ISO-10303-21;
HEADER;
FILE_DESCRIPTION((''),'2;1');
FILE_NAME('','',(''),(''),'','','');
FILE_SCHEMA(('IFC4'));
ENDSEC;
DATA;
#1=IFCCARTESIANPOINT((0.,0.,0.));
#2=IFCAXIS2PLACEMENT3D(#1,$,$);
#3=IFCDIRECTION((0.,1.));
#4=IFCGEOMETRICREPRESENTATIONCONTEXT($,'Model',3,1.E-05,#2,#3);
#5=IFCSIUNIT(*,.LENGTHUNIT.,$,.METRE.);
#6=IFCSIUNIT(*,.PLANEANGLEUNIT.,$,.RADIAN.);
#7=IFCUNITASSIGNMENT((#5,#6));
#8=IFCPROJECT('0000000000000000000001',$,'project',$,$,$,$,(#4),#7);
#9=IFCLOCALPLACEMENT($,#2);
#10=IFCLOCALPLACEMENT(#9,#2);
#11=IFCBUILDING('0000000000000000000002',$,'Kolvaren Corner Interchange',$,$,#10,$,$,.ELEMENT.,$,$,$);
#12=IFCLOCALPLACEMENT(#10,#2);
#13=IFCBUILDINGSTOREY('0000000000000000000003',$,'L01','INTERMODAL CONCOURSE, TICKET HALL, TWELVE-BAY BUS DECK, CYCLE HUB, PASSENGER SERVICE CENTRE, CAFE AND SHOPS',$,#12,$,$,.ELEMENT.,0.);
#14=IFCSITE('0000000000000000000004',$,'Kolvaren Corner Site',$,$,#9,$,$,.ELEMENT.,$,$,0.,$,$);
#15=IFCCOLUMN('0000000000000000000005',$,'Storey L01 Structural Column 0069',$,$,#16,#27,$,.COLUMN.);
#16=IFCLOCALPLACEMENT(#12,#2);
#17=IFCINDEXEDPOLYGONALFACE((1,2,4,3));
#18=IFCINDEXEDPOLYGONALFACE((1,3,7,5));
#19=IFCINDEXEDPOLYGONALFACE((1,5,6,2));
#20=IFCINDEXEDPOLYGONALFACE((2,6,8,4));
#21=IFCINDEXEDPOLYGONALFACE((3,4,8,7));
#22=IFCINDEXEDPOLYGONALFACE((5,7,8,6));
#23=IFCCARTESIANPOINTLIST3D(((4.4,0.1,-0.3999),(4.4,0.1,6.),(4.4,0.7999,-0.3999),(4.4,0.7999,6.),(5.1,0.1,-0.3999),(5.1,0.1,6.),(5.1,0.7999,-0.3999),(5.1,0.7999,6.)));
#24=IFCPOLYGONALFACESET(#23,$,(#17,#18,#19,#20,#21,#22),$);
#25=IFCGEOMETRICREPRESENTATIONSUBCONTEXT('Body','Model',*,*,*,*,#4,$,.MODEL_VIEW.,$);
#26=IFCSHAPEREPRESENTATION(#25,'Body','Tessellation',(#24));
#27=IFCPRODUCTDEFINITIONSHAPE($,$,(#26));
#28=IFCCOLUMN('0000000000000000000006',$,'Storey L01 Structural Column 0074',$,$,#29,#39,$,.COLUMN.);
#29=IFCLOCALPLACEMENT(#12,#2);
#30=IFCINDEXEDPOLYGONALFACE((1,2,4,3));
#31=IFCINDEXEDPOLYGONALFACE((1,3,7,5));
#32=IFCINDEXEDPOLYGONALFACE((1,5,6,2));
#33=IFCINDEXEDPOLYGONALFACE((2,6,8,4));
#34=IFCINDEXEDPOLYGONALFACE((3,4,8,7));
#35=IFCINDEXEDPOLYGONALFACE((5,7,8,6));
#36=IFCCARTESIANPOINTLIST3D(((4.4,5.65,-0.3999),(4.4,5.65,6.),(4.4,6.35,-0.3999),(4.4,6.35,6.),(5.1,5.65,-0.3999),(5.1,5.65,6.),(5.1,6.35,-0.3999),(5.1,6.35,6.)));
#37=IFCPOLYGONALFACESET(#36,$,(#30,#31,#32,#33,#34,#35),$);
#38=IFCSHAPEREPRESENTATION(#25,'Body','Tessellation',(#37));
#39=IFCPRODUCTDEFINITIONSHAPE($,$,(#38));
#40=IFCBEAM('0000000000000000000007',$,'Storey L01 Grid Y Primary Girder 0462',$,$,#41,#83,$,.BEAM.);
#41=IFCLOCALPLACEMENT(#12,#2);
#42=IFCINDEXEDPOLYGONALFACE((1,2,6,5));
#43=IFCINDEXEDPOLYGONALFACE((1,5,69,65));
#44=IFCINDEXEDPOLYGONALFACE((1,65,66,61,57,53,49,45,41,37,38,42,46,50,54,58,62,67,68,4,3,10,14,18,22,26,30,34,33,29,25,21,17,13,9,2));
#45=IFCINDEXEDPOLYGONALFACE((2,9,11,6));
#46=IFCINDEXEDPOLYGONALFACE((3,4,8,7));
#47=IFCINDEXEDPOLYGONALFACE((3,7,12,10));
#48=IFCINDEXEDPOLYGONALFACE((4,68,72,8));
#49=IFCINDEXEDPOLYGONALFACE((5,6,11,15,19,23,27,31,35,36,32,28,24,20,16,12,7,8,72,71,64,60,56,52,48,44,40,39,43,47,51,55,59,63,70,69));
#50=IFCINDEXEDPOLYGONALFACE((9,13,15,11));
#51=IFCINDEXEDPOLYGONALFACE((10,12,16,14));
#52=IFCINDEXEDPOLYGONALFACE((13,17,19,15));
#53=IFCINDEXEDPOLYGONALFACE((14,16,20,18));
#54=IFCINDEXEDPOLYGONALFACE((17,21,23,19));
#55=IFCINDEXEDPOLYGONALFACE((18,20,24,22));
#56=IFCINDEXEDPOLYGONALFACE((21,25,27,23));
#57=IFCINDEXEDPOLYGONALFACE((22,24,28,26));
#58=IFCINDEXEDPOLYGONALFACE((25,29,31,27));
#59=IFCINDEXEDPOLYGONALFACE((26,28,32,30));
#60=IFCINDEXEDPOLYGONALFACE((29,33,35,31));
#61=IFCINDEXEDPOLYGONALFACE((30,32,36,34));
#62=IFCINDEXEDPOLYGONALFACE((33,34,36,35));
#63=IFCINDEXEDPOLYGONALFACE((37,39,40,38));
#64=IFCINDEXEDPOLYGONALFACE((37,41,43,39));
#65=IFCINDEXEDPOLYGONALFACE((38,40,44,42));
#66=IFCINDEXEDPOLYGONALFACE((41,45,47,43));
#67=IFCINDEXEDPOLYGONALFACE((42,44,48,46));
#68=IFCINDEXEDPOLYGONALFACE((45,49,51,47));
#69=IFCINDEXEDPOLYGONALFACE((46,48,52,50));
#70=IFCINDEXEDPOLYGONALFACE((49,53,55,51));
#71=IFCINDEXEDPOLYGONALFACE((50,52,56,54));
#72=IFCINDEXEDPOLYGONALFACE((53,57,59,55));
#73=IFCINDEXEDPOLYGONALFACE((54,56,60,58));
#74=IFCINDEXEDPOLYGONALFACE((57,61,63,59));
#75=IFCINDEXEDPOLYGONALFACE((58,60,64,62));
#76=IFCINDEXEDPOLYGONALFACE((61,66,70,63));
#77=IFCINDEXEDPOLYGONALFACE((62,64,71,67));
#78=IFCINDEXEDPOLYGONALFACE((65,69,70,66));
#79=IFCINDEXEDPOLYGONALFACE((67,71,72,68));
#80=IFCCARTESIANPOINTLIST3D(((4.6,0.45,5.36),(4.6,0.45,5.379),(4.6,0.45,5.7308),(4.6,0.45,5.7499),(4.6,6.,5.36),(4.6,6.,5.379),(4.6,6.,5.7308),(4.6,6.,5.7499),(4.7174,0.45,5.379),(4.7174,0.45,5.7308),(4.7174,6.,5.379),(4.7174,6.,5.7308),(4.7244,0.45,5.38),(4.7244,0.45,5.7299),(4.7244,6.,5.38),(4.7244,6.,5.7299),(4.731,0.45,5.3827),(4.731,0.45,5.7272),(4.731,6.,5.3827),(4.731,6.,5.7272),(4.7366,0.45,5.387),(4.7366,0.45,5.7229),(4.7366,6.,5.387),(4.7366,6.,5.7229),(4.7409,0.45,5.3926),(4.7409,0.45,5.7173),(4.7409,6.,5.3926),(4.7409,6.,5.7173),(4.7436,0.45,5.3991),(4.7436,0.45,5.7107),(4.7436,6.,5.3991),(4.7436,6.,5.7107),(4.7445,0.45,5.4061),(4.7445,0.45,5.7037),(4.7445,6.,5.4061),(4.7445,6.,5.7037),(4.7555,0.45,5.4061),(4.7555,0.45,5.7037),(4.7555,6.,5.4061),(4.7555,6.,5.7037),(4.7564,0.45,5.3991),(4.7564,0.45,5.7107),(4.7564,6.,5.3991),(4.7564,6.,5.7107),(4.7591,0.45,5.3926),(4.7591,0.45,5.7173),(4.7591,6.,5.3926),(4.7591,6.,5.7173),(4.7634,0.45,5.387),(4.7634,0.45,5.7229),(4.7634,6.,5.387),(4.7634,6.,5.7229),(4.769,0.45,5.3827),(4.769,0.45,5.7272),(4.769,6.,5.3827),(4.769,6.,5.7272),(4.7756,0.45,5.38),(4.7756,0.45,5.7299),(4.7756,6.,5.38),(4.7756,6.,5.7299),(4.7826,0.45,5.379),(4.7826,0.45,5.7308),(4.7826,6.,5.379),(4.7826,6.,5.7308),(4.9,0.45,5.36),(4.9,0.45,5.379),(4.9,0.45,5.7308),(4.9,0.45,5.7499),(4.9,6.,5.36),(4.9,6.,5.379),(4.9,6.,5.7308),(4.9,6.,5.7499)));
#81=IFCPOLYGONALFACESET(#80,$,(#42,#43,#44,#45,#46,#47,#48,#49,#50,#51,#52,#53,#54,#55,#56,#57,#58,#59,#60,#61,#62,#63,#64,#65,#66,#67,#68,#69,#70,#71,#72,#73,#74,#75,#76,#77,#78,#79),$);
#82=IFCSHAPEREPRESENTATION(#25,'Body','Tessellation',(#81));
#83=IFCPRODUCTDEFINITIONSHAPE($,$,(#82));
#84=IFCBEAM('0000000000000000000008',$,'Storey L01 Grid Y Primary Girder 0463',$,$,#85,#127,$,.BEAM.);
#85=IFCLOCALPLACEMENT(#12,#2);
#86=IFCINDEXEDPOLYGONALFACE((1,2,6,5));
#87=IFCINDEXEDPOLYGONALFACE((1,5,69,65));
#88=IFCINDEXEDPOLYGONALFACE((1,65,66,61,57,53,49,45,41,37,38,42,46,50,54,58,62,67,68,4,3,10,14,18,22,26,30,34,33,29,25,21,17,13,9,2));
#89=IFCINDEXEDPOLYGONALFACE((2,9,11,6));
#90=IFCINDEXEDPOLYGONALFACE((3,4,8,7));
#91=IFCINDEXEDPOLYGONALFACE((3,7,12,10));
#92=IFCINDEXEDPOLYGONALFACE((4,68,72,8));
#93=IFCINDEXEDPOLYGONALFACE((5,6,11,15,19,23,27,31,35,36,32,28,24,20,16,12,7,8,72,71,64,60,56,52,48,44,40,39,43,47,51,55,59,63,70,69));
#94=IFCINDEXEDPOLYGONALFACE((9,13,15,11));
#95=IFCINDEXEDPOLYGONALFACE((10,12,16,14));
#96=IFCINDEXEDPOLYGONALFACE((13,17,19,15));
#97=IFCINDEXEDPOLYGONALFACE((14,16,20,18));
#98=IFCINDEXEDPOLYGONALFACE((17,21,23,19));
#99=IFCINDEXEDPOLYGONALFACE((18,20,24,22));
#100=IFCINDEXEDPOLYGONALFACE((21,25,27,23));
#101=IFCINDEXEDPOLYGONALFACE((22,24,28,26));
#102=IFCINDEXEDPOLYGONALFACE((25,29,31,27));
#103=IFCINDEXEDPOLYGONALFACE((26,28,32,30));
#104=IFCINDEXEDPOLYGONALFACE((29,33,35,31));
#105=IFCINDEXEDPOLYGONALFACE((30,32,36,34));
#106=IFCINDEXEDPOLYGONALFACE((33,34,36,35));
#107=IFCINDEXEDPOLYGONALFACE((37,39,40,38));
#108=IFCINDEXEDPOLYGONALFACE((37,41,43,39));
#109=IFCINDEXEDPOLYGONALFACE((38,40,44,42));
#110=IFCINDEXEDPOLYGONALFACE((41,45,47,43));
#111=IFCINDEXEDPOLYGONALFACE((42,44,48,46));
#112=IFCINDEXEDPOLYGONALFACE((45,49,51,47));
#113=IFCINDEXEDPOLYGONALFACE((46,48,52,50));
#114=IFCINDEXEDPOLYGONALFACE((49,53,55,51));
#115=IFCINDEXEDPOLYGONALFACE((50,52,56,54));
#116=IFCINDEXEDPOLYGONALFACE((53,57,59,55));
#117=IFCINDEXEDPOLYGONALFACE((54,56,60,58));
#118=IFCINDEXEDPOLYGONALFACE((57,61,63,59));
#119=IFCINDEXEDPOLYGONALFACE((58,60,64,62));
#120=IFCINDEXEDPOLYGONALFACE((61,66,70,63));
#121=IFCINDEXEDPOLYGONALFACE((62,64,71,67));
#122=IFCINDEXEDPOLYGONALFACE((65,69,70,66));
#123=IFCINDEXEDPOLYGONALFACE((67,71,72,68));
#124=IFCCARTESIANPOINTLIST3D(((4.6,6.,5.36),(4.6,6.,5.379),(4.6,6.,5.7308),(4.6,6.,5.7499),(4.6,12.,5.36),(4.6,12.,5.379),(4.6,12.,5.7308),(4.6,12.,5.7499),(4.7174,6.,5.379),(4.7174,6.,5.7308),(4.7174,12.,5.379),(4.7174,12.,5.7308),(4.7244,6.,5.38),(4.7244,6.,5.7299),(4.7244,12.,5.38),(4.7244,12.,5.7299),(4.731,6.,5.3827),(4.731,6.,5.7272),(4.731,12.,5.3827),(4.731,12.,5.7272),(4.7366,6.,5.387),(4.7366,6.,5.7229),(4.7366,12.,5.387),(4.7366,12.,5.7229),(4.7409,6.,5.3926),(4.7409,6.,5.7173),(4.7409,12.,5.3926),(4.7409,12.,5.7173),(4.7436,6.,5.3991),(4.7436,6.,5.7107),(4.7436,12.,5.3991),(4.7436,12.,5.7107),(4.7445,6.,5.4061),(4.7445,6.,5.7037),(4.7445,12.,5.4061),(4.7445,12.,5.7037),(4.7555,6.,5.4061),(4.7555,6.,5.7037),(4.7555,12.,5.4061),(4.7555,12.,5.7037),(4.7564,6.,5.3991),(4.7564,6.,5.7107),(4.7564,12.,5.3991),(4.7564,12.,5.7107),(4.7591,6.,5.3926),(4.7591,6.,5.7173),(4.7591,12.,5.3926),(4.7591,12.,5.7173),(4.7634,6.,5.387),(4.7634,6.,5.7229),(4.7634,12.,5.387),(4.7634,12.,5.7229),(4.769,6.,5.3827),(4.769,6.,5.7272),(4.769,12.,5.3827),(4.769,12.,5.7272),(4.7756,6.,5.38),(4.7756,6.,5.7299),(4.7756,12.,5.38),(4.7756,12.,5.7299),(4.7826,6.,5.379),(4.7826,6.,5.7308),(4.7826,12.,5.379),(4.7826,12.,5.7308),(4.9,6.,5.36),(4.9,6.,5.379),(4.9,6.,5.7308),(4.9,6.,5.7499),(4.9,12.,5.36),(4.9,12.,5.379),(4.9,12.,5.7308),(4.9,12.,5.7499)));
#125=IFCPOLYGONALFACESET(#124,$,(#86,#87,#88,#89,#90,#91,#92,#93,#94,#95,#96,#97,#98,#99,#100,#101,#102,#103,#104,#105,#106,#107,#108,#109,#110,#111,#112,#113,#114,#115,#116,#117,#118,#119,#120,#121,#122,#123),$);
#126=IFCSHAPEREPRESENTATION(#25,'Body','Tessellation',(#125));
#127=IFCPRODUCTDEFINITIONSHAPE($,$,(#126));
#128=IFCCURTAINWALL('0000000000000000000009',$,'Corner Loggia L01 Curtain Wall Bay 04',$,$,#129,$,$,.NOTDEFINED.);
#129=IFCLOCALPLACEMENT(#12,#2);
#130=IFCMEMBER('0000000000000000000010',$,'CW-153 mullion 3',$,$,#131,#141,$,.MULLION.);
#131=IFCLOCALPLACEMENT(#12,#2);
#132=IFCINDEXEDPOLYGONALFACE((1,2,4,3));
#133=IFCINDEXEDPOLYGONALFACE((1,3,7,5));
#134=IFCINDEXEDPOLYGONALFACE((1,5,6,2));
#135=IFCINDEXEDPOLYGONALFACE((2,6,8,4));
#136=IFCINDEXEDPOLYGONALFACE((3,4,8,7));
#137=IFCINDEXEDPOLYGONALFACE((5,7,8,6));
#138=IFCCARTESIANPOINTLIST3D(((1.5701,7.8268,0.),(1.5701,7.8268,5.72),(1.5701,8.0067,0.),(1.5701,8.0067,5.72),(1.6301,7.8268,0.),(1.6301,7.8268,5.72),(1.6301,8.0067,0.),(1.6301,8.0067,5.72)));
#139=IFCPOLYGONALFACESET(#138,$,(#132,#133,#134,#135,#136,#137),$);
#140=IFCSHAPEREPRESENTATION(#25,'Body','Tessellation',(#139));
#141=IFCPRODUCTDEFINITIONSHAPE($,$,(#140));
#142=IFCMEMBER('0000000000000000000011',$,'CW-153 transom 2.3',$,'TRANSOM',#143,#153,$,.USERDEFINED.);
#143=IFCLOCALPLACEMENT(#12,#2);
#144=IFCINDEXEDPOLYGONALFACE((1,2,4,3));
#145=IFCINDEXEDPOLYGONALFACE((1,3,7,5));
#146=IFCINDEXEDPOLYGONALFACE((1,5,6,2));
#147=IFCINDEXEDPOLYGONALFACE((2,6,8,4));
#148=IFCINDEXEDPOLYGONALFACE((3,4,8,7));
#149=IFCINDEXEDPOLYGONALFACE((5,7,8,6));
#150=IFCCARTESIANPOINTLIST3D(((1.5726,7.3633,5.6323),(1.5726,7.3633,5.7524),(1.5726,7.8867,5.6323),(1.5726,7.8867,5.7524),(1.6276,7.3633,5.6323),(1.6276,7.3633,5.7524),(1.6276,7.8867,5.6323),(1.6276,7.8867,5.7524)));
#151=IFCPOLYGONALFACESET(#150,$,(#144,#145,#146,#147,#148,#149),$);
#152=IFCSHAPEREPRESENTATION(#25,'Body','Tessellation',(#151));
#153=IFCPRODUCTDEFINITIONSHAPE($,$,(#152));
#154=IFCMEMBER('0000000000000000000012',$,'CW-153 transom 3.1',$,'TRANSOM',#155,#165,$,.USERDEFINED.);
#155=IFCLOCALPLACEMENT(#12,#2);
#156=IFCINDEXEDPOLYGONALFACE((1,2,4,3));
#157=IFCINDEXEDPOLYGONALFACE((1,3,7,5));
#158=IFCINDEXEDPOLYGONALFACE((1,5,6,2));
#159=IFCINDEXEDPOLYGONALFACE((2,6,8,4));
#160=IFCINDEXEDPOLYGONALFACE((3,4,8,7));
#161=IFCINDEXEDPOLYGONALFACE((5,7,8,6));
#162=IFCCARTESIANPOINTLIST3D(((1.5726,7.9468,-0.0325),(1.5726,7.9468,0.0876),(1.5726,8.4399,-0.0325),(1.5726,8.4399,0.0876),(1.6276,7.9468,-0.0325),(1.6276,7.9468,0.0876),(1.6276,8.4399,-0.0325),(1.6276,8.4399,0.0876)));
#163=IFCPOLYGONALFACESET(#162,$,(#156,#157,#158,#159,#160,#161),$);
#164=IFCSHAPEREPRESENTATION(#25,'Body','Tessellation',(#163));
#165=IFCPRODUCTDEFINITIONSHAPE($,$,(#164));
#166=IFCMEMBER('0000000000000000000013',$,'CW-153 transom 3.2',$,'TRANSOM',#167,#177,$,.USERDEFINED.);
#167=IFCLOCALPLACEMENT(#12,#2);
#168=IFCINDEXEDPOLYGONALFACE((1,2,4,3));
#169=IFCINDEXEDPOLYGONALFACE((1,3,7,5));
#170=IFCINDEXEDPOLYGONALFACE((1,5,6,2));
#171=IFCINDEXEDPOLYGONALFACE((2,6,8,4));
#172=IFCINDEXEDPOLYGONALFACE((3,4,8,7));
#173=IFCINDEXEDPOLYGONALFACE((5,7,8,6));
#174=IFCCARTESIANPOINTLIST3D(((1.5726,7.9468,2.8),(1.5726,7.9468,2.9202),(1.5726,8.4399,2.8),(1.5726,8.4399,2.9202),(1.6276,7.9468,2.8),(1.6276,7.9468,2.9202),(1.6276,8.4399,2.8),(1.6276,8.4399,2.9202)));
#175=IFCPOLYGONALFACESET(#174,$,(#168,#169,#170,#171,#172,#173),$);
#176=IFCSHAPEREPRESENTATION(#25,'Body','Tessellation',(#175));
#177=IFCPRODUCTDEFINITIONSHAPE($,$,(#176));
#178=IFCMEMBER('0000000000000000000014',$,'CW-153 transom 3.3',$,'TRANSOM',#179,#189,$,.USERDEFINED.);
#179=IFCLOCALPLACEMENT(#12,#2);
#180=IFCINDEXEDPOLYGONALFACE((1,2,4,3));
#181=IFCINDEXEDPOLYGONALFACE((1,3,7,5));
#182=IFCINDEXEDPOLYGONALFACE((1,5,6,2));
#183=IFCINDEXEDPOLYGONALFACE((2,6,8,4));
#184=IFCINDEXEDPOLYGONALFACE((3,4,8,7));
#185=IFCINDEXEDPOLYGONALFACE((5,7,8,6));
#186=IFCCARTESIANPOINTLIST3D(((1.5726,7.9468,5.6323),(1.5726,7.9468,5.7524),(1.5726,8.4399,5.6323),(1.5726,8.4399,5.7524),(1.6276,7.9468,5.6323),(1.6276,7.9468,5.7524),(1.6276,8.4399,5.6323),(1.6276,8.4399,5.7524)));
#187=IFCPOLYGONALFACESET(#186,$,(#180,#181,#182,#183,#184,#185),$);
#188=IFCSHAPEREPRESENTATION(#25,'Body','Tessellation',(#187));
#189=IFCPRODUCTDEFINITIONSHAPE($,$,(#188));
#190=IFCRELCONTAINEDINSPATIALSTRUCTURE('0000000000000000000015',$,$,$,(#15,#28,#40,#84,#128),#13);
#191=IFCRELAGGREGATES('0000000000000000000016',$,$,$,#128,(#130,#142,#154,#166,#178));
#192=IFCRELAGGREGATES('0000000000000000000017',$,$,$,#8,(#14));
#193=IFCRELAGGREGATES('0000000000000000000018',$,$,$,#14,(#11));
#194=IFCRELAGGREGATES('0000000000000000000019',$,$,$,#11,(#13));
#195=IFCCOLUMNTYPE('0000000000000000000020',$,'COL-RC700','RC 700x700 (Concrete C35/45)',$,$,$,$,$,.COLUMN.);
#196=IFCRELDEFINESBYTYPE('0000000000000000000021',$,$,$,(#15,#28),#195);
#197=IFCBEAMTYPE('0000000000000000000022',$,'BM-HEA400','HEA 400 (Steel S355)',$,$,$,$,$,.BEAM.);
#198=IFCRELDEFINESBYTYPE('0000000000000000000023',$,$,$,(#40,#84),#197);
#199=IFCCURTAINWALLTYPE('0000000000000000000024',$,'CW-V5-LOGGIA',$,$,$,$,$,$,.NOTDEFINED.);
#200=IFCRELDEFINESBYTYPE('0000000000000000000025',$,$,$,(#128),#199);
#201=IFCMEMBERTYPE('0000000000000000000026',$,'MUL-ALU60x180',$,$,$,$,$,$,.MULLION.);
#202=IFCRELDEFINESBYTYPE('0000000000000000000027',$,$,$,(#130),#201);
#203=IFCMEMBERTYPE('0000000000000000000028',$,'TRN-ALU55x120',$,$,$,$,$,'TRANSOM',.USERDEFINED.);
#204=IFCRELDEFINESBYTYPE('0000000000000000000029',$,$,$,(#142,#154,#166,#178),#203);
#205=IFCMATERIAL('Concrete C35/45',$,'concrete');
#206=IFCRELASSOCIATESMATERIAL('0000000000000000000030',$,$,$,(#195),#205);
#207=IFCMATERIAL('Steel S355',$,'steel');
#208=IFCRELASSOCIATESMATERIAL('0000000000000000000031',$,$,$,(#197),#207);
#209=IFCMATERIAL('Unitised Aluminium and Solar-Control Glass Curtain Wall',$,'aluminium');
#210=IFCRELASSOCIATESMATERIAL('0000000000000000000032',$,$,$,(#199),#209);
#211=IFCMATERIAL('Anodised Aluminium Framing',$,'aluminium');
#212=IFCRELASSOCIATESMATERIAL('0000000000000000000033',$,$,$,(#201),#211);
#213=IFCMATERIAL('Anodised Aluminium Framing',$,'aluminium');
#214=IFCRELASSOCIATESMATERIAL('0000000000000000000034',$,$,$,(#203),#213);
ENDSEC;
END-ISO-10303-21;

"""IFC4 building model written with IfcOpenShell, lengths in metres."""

from ifc_helpers import new_model, si_unit, direction, frame, origin, origin_2d, place, context, subcontext, project, spatial, rectangle, i_section, extrude, material, material_profile, profile_set, type_object, element, aggregate, save


model = new_model("IFC4")

# Units and contexts
model_context = context("Model", 3, precision=1e-05, world=origin(), true_north=direction((0.0, 1.0)))
body_context = subcontext(model_context, "Body", "Model", "MODEL_VIEW")
ifc_project = project(units=[si_unit("LENGTHUNIT", "METRE"), si_unit("PLANEANGLEUNIT", "RADIAN")], contexts=[model_context])

# Site, building, storey
site_placement = place(None, origin())
site = spatial("IfcSite", under=ifc_project, at=site_placement, Name="Kolvaren Corner Site", CompositionType="ELEMENT", RefElevation=0.0)
building_placement = place(site_placement, origin())
building = spatial("IfcBuilding", under=site, at=building_placement, Name="Kolvaren Corner Interchange", CompositionType="ELEMENT")
storey_placement = place(building_placement, origin())
storey = spatial("IfcBuildingStorey", under=building, at=storey_placement, Name="L01", Description="INTERMODAL CONCOURSE, TICKET HALL, TWELVE-BAY BUS DECK, CYCLE HUB, PASSENGER SERVICE CENTRE, CAFE AND SHOPS", CompositionType="ELEMENT", Elevation=0.0)

# Columns
ifc_material_1 = material(Name="Concrete C35/45", Category="concrete")
ifc_material_profile_1 = material_profile(ifc_material_1, rectangle(XDim=0.7, YDim=0.7, at=origin_2d()), Name="RC 700x700")
ifc_profile_set_1 = profile_set([ifc_material_profile_1], Name="Concrete C35/45")
column_type = type_object("IfcColumnType", Name="COL-RC700", Description="RC 700x700 (Concrete C35/45)", PredefinedType="COLUMN", material=ifc_profile_set_1)
for number, where, z_axis, x_axis, name in (
    (1, (4.75, 0.45, -0.3999), (0.0, 0.0, 1.0), (1.0, 0.0, 0.0), "Storey L01 Structural Column 0069"),
    (2, (4.75, 6.0, -0.3999), (0.0, 0.0, 1.0), (1.0, 0.0, 0.0), "Storey L01 Structural Column 0074"),
):
    element("IfcColumn", number, at=place(storey_placement, frame(where, z_axis=z_axis, x_axis=x_axis)), inside=storey, type_object=column_type, Name=name, PredefinedType="COLUMN", context=body_context, shape_type="SweptSolid", body=[
        extrude(rectangle(XDim=0.7, YDim=0.7, at=origin_2d()), origin(), (0.0, 0.0, 1.0), 6.3999),
    ])

# Beams
ifc_material_2 = material(Name="Steel S355", Category="steel")
ifc_material_profile_2 = material_profile(ifc_material_2, i_section(OverallWidth=0.3, OverallDepth=0.3899, WebThickness=0.011, FlangeThickness=0.019, FilletRadius=0.0271, at=origin_2d()), Name="HEA 400")
ifc_profile_set_2 = profile_set([ifc_material_profile_2], Name="Steel S355")
beam_type = type_object("IfcBeamType", Name="BM-HEA400", Description="HEA 400 (Steel S355)", PredefinedType="BEAM", material=ifc_profile_set_2)
beam_1_placement = place(storey_placement, frame((4.75, 0.45, 5.5549), z_axis=(0.0, 1.0, 0.0), x_axis=(-1.0, 0.0, 0.0)))
element("IfcBeam", 3, at=beam_1_placement, inside=storey, type_object=beam_type, Name="Storey L01 Grid Y Primary Girder 0462", PredefinedType="BEAM", context=body_context, shape_type="SweptSolid", body=[
    extrude(i_section(OverallWidth=0.3, OverallDepth=0.3899, WebThickness=0.011, FlangeThickness=0.019, FilletRadius=0.0271, at=origin_2d()), origin(), (0.0, 0.0, 1.0), 5.55),
])
beam_2_placement = place(storey_placement, frame((4.75, 6.0, 5.5549), z_axis=(0.0, 1.0, 0.0), x_axis=(-1.0, 0.0, 0.0)))
element("IfcBeam", 4, at=beam_2_placement, inside=storey, type_object=beam_type, Name="Storey L01 Grid Y Primary Girder 0463", PredefinedType="BEAM", context=body_context, shape_type="SweptSolid", body=[
    extrude(i_section(OverallWidth=0.3, OverallDepth=0.3899, WebThickness=0.011, FlangeThickness=0.019, FilletRadius=0.0271, at=origin_2d()), origin(), (0.0, 0.0, 1.0), 6.0),
])

# Curtain wall, members
ifc_material_3 = material(Name="Unitised Aluminium and Solar-Control Glass Curtain Wall", Category="aluminium")
curtain_wall_type = type_object("IfcCurtainWallType", Name="CW-V5-LOGGIA", PredefinedType="NOTDEFINED", material=ifc_material_3)
curtain_wall_placement = place(storey_placement, origin())
curtain_wall = element("IfcCurtainWall", 5, at=curtain_wall_placement, inside=storey, type_object=curtain_wall_type, Name="Corner Loggia L01 Curtain Wall Bay 04", PredefinedType="NOTDEFINED")
ifc_material_4 = material(Name="Anodised Aluminium Framing", Category="aluminium")
ifc_material_profile_3 = material_profile(ifc_material_4, rectangle(XDim=0.0601, YDim=0.1799, at=origin_2d()), Name="ALU 60x180")
ifc_profile_set_3 = profile_set([ifc_material_profile_3], Name="Anodised Aluminium Framing")
member_type_1 = type_object("IfcMemberType", Name="MUL-ALU60x180", PredefinedType="MULLION", material=ifc_profile_set_3)
member_1_placement = place(storey_placement, frame((1.6001, 7.9167, 0.0), z_axis=(0.0, 0.0, 1.0), x_axis=(-1.0, 0.0, 0.0)))
member_1 = element("IfcMember", 6, at=member_1_placement, type_object=member_type_1, Name="CW-153 mullion 3", PredefinedType="MULLION", context=body_context, shape_type="SweptSolid", body=[
    extrude(rectangle(XDim=0.0601, YDim=0.1799, at=origin_2d()), origin(), (0.0, 0.0, 1.0), 5.72),
])
ifc_material_5 = material(Name="Anodised Aluminium Framing", Category="aluminium")
ifc_material_profile_4 = material_profile(ifc_material_5, rectangle(XDim=0.0549, YDim=0.1201, at=origin_2d()), Name="ALU 55x120")
ifc_profile_set_4 = profile_set([ifc_material_profile_4], Name="Anodised Aluminium Framing")
member_type_2 = type_object("IfcMemberType", Name="TRN-ALU55x120", ElementType="TRANSOM", PredefinedType="USERDEFINED", material=ifc_profile_set_4)
member_2_placement = place(storey_placement, frame((1.6001, 7.3633, 5.6924), z_axis=(0.0, 1.0, 0.0), x_axis=(-1.0, 0.0, 0.0)))
member_2 = element("IfcMember", 7, at=member_2_placement, type_object=member_type_2, Name="CW-153 transom 2.3", ObjectType="TRANSOM", PredefinedType="USERDEFINED", context=body_context, shape_type="SweptSolid", body=[
    extrude(rectangle(XDim=0.0549, YDim=0.1201, at=origin_2d()), origin(), (0.0, 0.0, 1.0), 0.5234),
])
member_3_placement = place(storey_placement, frame((1.6001, 7.9468, 0.0276), z_axis=(0.0, 1.0, 0.0), x_axis=(-1.0, 0.0, 0.0)))
member_3 = element("IfcMember", 8, at=member_3_placement, type_object=member_type_2, Name="CW-153 transom 3.1", ObjectType="TRANSOM", PredefinedType="USERDEFINED", context=body_context, shape_type="SweptSolid", body=[
    extrude(rectangle(XDim=0.0549, YDim=0.1201, at=origin_2d()), origin(), (0.0, 0.0, 1.0), 0.4932),
])
member_4_placement = place(storey_placement, frame((1.6001, 7.9468, 2.8601), z_axis=(0.0, 1.0, 0.0), x_axis=(-1.0, 0.0, 0.0)))
member_4 = element("IfcMember", 9, at=member_4_placement, type_object=member_type_2, Name="CW-153 transom 3.2", ObjectType="TRANSOM", PredefinedType="USERDEFINED", context=body_context, shape_type="SweptSolid", body=[
    extrude(rectangle(XDim=0.0549, YDim=0.1201, at=origin_2d()), origin(), (0.0, 0.0, 1.0), 0.4932),
])
member_5_placement = place(storey_placement, frame((1.6001, 7.9468, 5.6924), z_axis=(0.0, 1.0, 0.0), x_axis=(-1.0, 0.0, 0.0)))
member_5 = element("IfcMember", 10, at=member_5_placement, type_object=member_type_2, Name="CW-153 transom 3.3", ObjectType="TRANSOM", PredefinedType="USERDEFINED", context=body_context, shape_type="SweptSolid", body=[
    extrude(rectangle(XDim=0.0549, YDim=0.1201, at=origin_2d()), origin(), (0.0, 0.0, 1.0), 0.4932),
])
aggregate(curtain_wall, [member_1, member_2, member_3, member_4, member_5])

save(model, "model.ifc")
